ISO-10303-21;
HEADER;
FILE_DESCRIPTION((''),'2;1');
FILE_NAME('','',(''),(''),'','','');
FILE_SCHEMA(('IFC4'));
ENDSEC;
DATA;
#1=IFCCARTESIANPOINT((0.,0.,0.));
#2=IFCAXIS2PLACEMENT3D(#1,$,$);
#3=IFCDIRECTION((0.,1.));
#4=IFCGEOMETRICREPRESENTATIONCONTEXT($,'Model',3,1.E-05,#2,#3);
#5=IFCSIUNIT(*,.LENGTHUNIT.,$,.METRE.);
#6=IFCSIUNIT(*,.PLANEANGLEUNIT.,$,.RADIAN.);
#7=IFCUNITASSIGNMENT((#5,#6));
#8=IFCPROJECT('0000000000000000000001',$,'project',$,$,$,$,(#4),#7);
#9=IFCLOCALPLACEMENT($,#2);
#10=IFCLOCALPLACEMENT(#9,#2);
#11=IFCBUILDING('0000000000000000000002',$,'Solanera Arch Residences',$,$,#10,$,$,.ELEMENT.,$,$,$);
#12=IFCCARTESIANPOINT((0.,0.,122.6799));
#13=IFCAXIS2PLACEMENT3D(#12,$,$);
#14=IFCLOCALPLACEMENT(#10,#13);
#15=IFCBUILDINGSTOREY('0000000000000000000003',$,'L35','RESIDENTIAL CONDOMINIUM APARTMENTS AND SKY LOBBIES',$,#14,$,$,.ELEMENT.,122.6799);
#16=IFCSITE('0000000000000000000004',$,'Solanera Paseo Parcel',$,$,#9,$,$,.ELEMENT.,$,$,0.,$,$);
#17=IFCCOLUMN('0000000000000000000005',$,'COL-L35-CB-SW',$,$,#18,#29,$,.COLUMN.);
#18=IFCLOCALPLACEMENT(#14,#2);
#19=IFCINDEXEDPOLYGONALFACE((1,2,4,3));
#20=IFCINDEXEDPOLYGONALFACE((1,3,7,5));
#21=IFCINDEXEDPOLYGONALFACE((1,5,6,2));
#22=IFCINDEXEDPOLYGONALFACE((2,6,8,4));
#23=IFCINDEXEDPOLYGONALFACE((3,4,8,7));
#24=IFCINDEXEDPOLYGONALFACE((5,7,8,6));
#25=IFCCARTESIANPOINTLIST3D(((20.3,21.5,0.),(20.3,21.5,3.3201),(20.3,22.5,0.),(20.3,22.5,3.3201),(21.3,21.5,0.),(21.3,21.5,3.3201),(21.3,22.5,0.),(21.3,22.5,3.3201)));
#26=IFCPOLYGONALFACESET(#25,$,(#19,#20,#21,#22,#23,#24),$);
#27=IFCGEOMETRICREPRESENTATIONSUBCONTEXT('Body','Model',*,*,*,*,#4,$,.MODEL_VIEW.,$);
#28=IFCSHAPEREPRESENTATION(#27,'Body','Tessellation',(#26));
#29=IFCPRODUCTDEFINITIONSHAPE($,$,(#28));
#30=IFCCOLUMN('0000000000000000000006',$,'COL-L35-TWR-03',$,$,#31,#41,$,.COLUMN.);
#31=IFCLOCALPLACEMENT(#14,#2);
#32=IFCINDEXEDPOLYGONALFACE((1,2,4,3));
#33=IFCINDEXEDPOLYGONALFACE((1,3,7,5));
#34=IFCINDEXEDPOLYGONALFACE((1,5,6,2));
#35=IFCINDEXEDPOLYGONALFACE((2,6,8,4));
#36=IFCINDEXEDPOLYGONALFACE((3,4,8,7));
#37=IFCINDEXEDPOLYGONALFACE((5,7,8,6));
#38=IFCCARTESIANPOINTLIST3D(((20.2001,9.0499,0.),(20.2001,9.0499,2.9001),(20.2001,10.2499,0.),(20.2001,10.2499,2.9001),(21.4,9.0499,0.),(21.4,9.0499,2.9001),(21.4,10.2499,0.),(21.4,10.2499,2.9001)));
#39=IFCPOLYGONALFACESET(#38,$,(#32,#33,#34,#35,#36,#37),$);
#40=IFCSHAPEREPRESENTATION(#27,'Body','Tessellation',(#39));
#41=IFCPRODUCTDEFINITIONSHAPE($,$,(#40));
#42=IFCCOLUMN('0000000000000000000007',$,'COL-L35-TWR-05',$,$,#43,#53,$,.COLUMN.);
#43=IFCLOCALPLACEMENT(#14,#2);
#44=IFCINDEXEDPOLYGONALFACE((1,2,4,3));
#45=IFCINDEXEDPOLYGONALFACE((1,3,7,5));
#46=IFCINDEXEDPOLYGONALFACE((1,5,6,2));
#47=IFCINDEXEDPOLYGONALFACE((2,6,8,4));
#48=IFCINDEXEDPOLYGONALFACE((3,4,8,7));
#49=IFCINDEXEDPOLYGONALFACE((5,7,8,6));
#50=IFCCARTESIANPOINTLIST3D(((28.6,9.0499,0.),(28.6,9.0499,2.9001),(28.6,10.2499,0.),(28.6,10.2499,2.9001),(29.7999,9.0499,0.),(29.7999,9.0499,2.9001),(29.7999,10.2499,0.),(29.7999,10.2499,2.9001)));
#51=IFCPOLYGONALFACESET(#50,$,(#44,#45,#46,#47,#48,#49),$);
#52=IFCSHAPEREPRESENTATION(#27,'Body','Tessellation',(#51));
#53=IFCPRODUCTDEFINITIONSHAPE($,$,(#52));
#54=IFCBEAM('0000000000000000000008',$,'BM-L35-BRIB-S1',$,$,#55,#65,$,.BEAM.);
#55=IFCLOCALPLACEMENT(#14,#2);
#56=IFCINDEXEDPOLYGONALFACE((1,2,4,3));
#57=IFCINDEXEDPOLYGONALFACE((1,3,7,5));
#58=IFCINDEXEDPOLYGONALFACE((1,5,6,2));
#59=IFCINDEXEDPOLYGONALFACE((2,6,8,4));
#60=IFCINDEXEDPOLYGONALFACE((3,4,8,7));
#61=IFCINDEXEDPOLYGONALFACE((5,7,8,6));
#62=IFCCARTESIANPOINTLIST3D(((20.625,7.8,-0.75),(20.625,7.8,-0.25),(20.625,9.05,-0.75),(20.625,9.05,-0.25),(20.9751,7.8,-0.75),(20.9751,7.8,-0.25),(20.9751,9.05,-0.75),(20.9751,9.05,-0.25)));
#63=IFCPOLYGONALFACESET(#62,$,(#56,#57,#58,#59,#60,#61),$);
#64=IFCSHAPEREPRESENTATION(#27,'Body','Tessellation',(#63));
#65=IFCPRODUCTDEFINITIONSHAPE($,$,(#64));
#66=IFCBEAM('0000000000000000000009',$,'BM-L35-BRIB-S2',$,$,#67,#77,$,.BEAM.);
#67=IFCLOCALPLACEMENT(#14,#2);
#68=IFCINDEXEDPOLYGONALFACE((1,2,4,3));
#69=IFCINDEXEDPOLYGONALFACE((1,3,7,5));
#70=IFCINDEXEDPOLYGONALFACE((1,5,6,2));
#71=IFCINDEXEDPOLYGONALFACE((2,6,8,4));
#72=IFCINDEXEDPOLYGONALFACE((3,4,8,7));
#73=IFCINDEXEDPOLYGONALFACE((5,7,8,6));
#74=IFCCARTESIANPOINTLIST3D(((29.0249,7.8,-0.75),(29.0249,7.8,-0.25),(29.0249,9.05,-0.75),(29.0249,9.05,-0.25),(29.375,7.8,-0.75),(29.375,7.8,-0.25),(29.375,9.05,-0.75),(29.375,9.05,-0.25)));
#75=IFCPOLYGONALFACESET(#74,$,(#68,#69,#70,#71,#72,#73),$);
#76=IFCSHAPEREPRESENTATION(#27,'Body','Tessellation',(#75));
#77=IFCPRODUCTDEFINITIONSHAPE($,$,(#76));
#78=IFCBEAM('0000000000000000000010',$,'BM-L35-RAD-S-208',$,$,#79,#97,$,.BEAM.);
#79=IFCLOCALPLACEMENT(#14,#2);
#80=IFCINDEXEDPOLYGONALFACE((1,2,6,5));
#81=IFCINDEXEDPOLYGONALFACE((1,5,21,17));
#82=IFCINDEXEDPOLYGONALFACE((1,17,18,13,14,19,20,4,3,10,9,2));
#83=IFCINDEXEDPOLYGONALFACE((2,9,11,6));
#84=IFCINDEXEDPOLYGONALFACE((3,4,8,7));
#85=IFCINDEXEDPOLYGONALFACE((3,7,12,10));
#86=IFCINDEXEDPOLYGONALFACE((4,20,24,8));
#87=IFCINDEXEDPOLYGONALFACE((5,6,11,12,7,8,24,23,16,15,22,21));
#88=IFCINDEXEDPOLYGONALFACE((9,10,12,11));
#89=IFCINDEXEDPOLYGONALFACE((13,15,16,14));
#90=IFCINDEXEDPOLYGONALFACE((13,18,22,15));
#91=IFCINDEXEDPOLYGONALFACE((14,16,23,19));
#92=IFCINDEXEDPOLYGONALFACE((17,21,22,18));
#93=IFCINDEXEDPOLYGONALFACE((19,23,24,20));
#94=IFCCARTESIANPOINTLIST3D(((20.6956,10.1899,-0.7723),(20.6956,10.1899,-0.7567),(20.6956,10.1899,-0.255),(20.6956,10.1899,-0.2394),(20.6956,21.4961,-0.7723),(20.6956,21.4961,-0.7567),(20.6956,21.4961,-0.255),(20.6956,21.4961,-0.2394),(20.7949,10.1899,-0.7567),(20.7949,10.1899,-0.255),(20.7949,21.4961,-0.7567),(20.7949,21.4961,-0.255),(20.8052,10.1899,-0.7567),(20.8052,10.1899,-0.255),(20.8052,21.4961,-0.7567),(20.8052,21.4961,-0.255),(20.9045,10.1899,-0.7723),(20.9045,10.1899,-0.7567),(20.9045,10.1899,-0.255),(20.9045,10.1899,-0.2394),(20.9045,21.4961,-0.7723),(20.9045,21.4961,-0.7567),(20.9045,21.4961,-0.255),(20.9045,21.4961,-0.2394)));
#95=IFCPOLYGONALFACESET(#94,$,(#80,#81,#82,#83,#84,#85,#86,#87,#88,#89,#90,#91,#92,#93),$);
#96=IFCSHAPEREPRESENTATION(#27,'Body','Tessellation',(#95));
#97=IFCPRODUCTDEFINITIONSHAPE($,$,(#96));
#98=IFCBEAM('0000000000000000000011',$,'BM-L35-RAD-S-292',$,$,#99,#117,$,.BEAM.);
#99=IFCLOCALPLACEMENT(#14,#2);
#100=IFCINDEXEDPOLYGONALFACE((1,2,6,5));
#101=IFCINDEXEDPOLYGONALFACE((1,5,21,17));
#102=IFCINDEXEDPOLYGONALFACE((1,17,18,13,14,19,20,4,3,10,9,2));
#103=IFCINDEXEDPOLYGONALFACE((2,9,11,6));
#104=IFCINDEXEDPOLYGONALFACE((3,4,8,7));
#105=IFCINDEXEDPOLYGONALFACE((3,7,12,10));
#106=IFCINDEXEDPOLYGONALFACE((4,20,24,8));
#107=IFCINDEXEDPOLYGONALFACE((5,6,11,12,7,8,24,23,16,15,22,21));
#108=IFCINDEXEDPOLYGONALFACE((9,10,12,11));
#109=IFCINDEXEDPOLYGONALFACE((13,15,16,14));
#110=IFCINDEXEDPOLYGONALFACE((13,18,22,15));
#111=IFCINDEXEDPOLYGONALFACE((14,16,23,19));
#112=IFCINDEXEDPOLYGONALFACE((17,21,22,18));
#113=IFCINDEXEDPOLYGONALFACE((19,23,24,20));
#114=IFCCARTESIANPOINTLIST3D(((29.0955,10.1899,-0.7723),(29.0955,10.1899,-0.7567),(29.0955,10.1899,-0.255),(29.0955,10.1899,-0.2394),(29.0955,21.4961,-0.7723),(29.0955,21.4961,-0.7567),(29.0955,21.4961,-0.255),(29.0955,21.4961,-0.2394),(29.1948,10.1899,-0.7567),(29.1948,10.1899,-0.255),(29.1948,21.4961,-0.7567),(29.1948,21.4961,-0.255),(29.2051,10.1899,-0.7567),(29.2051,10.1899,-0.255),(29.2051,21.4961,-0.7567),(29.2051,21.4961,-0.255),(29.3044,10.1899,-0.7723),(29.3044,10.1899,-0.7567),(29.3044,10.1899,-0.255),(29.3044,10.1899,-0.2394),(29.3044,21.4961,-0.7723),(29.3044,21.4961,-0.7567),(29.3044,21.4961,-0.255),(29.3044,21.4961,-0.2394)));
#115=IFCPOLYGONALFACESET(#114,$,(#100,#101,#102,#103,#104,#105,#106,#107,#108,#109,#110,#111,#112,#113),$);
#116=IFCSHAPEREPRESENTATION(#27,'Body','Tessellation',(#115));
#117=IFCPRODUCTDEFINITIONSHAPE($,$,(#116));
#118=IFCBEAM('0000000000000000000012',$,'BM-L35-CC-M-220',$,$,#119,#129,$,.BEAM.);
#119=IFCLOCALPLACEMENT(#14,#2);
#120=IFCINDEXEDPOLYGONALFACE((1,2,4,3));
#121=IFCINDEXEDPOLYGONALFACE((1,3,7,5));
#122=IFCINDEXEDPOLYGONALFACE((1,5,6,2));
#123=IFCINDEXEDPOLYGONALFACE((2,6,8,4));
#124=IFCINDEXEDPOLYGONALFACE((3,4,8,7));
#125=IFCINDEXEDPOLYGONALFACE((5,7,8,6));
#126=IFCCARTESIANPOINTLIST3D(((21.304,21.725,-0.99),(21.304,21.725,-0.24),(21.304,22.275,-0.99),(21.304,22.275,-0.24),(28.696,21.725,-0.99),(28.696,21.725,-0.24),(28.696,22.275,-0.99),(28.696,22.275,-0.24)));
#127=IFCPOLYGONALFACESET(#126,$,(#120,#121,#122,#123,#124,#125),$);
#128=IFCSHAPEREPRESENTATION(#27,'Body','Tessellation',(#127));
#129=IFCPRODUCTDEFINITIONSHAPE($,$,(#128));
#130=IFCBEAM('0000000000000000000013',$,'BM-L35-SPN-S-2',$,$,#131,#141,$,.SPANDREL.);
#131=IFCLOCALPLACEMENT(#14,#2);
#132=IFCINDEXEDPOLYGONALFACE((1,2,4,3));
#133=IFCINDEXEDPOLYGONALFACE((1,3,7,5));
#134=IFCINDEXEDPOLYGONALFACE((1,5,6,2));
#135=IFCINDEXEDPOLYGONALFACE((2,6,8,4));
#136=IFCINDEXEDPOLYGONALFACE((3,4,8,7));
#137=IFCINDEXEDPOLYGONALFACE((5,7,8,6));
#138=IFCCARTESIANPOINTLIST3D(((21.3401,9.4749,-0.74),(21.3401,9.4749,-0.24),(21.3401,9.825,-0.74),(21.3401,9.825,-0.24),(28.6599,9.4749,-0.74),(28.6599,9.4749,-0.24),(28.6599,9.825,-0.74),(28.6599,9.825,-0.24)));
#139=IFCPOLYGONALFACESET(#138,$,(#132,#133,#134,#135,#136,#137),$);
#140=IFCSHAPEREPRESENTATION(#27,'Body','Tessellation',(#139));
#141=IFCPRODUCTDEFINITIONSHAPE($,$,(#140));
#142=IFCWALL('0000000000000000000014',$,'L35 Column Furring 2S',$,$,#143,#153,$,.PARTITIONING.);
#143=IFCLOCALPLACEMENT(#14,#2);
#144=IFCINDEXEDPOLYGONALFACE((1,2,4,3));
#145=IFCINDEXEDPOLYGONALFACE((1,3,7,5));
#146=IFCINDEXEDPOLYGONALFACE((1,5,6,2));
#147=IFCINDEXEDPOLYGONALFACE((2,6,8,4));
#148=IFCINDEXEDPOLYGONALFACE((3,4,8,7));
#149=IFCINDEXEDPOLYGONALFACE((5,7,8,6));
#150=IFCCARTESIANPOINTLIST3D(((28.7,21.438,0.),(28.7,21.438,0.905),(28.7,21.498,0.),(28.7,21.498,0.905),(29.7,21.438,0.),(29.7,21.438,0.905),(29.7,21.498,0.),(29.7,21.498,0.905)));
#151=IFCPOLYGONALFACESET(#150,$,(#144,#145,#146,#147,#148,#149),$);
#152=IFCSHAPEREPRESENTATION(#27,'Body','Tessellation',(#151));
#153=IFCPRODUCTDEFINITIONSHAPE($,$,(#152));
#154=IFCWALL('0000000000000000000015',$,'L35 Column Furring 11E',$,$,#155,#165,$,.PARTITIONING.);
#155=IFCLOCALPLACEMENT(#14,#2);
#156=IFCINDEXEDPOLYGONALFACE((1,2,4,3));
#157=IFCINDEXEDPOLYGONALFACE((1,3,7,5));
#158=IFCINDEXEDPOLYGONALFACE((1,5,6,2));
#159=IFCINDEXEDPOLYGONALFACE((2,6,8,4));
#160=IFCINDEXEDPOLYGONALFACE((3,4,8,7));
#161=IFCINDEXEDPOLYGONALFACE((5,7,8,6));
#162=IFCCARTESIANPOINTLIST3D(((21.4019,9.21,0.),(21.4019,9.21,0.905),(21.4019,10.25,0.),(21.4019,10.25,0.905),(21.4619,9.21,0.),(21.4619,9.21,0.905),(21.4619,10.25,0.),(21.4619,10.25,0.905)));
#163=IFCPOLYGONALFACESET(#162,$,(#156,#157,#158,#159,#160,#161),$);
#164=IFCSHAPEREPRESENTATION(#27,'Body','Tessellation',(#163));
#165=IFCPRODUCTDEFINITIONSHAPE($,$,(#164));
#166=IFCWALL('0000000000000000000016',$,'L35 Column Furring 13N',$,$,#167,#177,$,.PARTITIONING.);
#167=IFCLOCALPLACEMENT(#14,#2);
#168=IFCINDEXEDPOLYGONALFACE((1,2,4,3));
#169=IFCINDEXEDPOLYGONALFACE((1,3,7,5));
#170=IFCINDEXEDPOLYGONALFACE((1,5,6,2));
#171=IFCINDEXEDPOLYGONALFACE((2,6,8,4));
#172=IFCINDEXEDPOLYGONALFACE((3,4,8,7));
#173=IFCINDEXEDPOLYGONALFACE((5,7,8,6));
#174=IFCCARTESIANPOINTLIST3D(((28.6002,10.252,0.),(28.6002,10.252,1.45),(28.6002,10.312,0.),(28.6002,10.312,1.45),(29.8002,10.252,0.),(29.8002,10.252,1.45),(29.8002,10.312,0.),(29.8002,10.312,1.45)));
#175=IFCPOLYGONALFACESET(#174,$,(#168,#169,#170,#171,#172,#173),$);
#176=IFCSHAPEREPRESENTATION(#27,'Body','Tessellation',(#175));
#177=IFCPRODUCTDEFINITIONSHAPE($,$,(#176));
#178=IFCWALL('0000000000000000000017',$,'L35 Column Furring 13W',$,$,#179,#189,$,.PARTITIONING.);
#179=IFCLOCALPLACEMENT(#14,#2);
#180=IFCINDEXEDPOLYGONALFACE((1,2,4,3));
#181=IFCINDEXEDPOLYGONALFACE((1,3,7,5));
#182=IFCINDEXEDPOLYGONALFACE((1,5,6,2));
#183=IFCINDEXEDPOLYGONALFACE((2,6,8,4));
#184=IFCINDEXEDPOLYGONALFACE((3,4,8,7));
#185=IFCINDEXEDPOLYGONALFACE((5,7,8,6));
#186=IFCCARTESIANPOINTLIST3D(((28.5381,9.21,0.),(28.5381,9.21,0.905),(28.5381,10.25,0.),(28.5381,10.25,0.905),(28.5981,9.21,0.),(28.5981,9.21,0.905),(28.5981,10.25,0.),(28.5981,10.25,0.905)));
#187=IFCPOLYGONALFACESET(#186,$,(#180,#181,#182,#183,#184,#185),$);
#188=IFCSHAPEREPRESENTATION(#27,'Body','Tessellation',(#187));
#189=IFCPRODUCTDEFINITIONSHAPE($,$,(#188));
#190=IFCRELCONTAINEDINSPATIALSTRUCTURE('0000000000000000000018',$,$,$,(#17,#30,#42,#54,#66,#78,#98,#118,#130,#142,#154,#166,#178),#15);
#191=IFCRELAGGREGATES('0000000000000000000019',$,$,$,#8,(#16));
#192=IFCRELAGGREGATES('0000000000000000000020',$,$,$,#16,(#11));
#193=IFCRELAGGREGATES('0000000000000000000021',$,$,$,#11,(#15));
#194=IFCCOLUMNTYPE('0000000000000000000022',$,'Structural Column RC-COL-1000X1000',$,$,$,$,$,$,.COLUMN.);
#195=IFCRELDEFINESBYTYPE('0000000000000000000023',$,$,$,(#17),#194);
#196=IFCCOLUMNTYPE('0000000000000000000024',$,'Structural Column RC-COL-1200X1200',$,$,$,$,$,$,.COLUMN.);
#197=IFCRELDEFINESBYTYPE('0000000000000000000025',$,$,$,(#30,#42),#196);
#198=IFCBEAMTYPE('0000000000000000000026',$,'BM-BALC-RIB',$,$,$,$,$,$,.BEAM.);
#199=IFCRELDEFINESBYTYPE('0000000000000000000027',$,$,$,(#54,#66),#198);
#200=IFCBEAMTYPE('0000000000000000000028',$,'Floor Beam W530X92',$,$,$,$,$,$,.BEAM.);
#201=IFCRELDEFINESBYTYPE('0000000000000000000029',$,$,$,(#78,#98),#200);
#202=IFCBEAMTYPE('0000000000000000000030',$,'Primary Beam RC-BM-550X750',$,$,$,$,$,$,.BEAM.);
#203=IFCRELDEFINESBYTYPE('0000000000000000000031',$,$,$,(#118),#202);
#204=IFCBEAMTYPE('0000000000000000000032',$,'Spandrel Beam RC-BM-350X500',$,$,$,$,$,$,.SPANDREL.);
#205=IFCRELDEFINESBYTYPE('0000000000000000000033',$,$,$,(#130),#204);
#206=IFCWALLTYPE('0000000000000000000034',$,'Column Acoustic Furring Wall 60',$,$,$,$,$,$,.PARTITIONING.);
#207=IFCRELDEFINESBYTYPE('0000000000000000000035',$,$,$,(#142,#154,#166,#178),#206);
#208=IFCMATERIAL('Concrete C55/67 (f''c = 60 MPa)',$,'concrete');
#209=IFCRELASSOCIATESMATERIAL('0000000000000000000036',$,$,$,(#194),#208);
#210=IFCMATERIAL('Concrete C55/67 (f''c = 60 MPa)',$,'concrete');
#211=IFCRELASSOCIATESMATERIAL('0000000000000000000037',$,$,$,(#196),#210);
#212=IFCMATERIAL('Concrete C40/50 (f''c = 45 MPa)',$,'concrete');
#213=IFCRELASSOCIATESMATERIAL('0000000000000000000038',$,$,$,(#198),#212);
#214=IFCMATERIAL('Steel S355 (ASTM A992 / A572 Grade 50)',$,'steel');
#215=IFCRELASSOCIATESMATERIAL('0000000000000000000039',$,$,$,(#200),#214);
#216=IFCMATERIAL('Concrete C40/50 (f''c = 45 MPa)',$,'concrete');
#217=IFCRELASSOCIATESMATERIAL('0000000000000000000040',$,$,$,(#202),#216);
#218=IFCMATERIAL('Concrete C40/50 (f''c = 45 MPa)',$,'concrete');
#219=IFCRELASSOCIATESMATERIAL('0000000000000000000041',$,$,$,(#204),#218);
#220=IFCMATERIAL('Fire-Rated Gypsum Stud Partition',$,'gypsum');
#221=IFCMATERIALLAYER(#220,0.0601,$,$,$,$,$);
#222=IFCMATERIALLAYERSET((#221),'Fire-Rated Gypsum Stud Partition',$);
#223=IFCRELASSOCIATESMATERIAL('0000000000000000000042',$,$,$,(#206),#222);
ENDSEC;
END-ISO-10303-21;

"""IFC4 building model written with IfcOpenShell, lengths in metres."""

from ifc_helpers import new_model, si_unit, direction, frame, frame_2d, origin, origin_2d, place, context, subcontext, project, spatial, rectangle, i_section, extrude, material, layer, layer_set, material_profile, profile_set, type_object, element, save


model = new_model("IFC4")

# Units and contexts
model_context = context("Model", 3, precision=1e-05, world=origin(), true_north=direction((0.0, 1.0)))
body_context = subcontext(model_context, "Body", "Model", "MODEL_VIEW")
ifc_project = project(units=[si_unit("LENGTHUNIT", "METRE"), si_unit("PLANEANGLEUNIT", "RADIAN")], contexts=[model_context])

# Site, building, storey
site_placement = place(None, origin())
site = spatial("IfcSite", under=ifc_project, at=site_placement, Name="Solanera Paseo Parcel", CompositionType="ELEMENT", RefElevation=0.0)
building_placement = place(site_placement, origin())
building = spatial("IfcBuilding", under=site, at=building_placement, Name="Solanera Arch Residences", CompositionType="ELEMENT")
storey_placement = place(building_placement, frame((0.0, 0.0, 122.6799)))
storey = spatial("IfcBuildingStorey", under=building, at=storey_placement, Name="L35", Description="RESIDENTIAL CONDOMINIUM APARTMENTS AND SKY LOBBIES", CompositionType="ELEMENT", Elevation=122.6799)

# Columns
ifc_material_1 = material(Name="Concrete C55/67 (f'c = 60 MPa)", Category="concrete")
ifc_material_profile_1 = material_profile(ifc_material_1, rectangle(XDim=1.0, YDim=1.0, at=origin_2d()))
ifc_profile_set_1 = profile_set([ifc_material_profile_1], Name="Concrete C55/67 (f'c = 60 MPa)")
column_type_1 = type_object("IfcColumnType", Name="Structural Column RC-COL-1000X1000", PredefinedType="COLUMN", material=ifc_profile_set_1)
column_placement = place(storey_placement, frame((20.8, 22.0, 0.0), z_axis=(0.0, 0.0, 1.0), x_axis=(1.0, 0.0, 0.0)))
element("IfcColumn", 1, at=column_placement, inside=storey, type_object=column_type_1, Name="COL-L35-CB-SW", PredefinedType="COLUMN", context=body_context, shape_type="SweptSolid", body=[
    extrude(rectangle(XDim=1.0, YDim=1.0, at=origin_2d()), origin(), (0.0, 0.0, 1.0), 3.3201),
])
ifc_material_2 = material(Name="Concrete C55/67 (f'c = 60 MPa)", Category="concrete")
ifc_material_profile_2 = material_profile(ifc_material_2, rectangle(XDim=1.2, YDim=1.2, at=origin_2d()))
ifc_profile_set_2 = profile_set([ifc_material_profile_2], Name="Concrete C55/67 (f'c = 60 MPa)")
column_type_2 = type_object("IfcColumnType", Name="Structural Column RC-COL-1200X1200", PredefinedType="COLUMN", material=ifc_profile_set_2)
for number, where, z_axis, x_axis, name in (
    (2, (20.8, 9.6499, 0.0), (0.0, 0.0, 1.0), (1.0, 0.0, 0.0), "COL-L35-TWR-03"),
    (3, (29.2, 9.6499, 0.0), (0.0, 0.0, 1.0), (1.0, 0.0, 0.0), "COL-L35-TWR-05"),
):
    element("IfcColumn", number, at=place(storey_placement, frame(where, z_axis=z_axis, x_axis=x_axis)), inside=storey, type_object=column_type_2, Name=name, PredefinedType="COLUMN", context=body_context, shape_type="SweptSolid", body=[
        extrude(rectangle(XDim=1.2, YDim=1.2, at=origin_2d()), origin(), (0.0, 0.0, 1.0), 2.9001),
    ])

# Beams
ifc_material_3 = material(Name="Concrete C40/50 (f'c = 45 MPa)", Category="concrete")
ifc_material_profile_3 = material_profile(ifc_material_3, rectangle(XDim=0.3501, YDim=0.5, at=origin_2d()))
ifc_profile_set_3 = profile_set([ifc_material_profile_3], Name="Concrete C40/50 (f'c = 45 MPa)")
beam_type_1 = type_object("IfcBeamType", Name="BM-BALC-RIB", PredefinedType="BEAM", material=ifc_profile_set_3)
for number, where, z_axis, x_axis, name in (
    (4, (20.8, 7.8, -0.5), (0.0, 1.0, 0.0), (-1.0, 0.0, 0.0), "BM-L35-BRIB-S1"),
    (5, (29.2, 7.8, -0.5), (0.0, 1.0, 0.0), (-1.0, 0.0, 0.0), "BM-L35-BRIB-S2"),
):
    element("IfcBeam", number, at=place(storey_placement, frame(where, z_axis=z_axis, x_axis=x_axis)), inside=storey, type_object=beam_type_1, Name=name, PredefinedType="BEAM", context=body_context, shape_type="SweptSolid", body=[
        extrude(rectangle(XDim=0.3501, YDim=0.5, at=origin_2d()), origin(), (0.0, 0.0, 1.0), 1.25),
    ])
ifc_material_4 = material(Name="Steel S355 (ASTM A992 / A572 Grade 50)", Category="steel")
ifc_material_profile_4 = material_profile(ifc_material_4, i_section(OverallWidth=0.209, OverallDepth=0.533, WebThickness=0.0103, FlangeThickness=0.0156, at=origin_2d()))
ifc_profile_set_4 = profile_set([ifc_material_profile_4], Name="Steel S355 (ASTM A992 / A572 Grade 50)")
beam_type_2 = type_object("IfcBeamType", Name="Floor Beam W530X92", PredefinedType="BEAM", material=ifc_profile_set_4)
for number, where, z_axis, x_axis, name in (
    (6, (20.8, 10.1899, -0.5059), (0.0, 1.0, 0.0), (-1.0, 0.0, 0.0), "BM-L35-RAD-S-208"),
    (7, (29.2, 10.1899, -0.5059), (0.0, 1.0, 0.0), (-1.0, 0.0, 0.0), "BM-L35-RAD-S-292"),
):
    element("IfcBeam", number, at=place(storey_placement, frame(where, z_axis=z_axis, x_axis=x_axis)), inside=storey, type_object=beam_type_2, Name=name, PredefinedType="BEAM", context=body_context, shape_type="SweptSolid", body=[
        extrude(i_section(OverallWidth=0.209, OverallDepth=0.533, WebThickness=0.0103, FlangeThickness=0.0156, at=origin_2d()), origin(), (0.0, 0.0, 1.0), 11.3062),
    ])
ifc_material_5 = material(Name="Concrete C40/50 (f'c = 45 MPa)", Category="concrete")
ifc_material_profile_5 = material_profile(ifc_material_5, rectangle(XDim=0.55, YDim=0.75, at=origin_2d()))
ifc_profile_set_5 = profile_set([ifc_material_profile_5], Name="Concrete C40/50 (f'c = 45 MPa)")
beam_type_3 = type_object("IfcBeamType", Name="Primary Beam RC-BM-550X750", PredefinedType="BEAM", material=ifc_profile_set_5)
beam_1_placement = place(storey_placement, frame((21.304, 22.0, -0.615), z_axis=(1.0, 0.0, 0.0), x_axis=(0.0, 1.0, 0.0)))
element("IfcBeam", 8, at=beam_1_placement, inside=storey, type_object=beam_type_3, Name="BM-L35-CC-M-220", PredefinedType="BEAM", context=body_context, shape_type="SweptSolid", body=[
    extrude(rectangle(XDim=0.55, YDim=0.75, at=origin_2d()), origin(), (0.0, 0.0, 1.0), 7.3921),
])
ifc_material_6 = material(Name="Concrete C40/50 (f'c = 45 MPa)", Category="concrete")
ifc_material_profile_6 = material_profile(ifc_material_6, rectangle(XDim=0.3501, YDim=0.5, at=origin_2d()))
ifc_profile_set_6 = profile_set([ifc_material_profile_6], Name="Concrete C40/50 (f'c = 45 MPa)")
beam_type_4 = type_object("IfcBeamType", Name="Spandrel Beam RC-BM-350X500", PredefinedType="SPANDREL", material=ifc_profile_set_6)
beam_2_placement = place(storey_placement, frame((21.3401, 9.6499, -0.49), z_axis=(1.0, 0.0, 0.0), x_axis=(0.0, 1.0, 0.0)))
element("IfcBeam", 9, at=beam_2_placement, inside=storey, type_object=beam_type_4, Name="BM-L35-SPN-S-2", PredefinedType="SPANDREL", context=body_context, shape_type="SweptSolid", body=[
    extrude(rectangle(XDim=0.3501, YDim=0.5, at=origin_2d()), origin(), (0.0, 0.0, 1.0), 7.3198),
])

# Walls
ifc_material_7 = material(Name="Fire-Rated Gypsum Stud Partition", Category="gypsum")
ifc_layer_1 = layer(ifc_material_7, 0.0601)
ifc_layer_set_1 = layer_set([ifc_layer_1], Name="Fire-Rated Gypsum Stud Partition")
wall_type_1 = type_object("IfcWallType", Name="Column Acoustic Furring Wall 60", PredefinedType="PARTITIONING", material=ifc_layer_set_1)
wall_1_placement = place(storey_placement, frame((28.7, 21.468, 0.0), z_axis=(0.0, 0.0, 1.0), x_axis=(1.0, 0.0, 0.0)))
element("IfcWall", 10, at=wall_1_placement, inside=storey, type_object=wall_type_1, Name="L35 Column Furring 2S", PredefinedType="PARTITIONING", context=body_context, shape_type="SweptSolid", body=[
    extrude(rectangle(XDim=1.0, YDim=0.0601, at=frame_2d((0.5, 0.0))), origin(), (0.0, 0.0, 1.0), 0.905),
])
wall_2_placement = place(storey_placement, frame((21.4319, 9.21, 0.0), z_axis=(0.0, 0.0, 1.0), x_axis=(0.0, 1.0, 0.0)))
element("IfcWall", 11, at=wall_2_placement, inside=storey, type_object=wall_type_1, Name="L35 Column Furring 11E", PredefinedType="PARTITIONING", context=body_context, shape_type="SweptSolid", body=[
    extrude(rectangle(XDim=1.04, YDim=0.0601, at=frame_2d((0.52, 0.0))), origin(), (0.0, 0.0, 1.0), 0.905),
])
wall_3_placement = place(storey_placement, frame((28.6001, 10.282, 0.0), z_axis=(0.0, 0.0, 1.0), x_axis=(1.0, 0.0, 0.0)))
element("IfcWall", 12, at=wall_3_placement, inside=storey, type_object=wall_type_1, Name="L35 Column Furring 13N", PredefinedType="PARTITIONING", context=body_context, shape_type="SweptSolid", body=[
    extrude(rectangle(XDim=1.2, YDim=0.0601, at=frame_2d((0.6001, 0.0))), origin(), (0.0, 0.0, 1.0), 1.45),
])
wall_4_placement = place(storey_placement, frame((28.5681, 9.21, 0.0), z_axis=(0.0, 0.0, 1.0), x_axis=(0.0, 1.0, 0.0)))
element("IfcWall", 13, at=wall_4_placement, inside=storey, type_object=wall_type_1, Name="L35 Column Furring 13W", PredefinedType="PARTITIONING", context=body_context, shape_type="SweptSolid", body=[
    extrude(rectangle(XDim=1.04, YDim=0.0601, at=frame_2d((0.52, 0.0))), origin(), (0.0, 0.0, 1.0), 0.905),
])

save(model, "model.ifc")
